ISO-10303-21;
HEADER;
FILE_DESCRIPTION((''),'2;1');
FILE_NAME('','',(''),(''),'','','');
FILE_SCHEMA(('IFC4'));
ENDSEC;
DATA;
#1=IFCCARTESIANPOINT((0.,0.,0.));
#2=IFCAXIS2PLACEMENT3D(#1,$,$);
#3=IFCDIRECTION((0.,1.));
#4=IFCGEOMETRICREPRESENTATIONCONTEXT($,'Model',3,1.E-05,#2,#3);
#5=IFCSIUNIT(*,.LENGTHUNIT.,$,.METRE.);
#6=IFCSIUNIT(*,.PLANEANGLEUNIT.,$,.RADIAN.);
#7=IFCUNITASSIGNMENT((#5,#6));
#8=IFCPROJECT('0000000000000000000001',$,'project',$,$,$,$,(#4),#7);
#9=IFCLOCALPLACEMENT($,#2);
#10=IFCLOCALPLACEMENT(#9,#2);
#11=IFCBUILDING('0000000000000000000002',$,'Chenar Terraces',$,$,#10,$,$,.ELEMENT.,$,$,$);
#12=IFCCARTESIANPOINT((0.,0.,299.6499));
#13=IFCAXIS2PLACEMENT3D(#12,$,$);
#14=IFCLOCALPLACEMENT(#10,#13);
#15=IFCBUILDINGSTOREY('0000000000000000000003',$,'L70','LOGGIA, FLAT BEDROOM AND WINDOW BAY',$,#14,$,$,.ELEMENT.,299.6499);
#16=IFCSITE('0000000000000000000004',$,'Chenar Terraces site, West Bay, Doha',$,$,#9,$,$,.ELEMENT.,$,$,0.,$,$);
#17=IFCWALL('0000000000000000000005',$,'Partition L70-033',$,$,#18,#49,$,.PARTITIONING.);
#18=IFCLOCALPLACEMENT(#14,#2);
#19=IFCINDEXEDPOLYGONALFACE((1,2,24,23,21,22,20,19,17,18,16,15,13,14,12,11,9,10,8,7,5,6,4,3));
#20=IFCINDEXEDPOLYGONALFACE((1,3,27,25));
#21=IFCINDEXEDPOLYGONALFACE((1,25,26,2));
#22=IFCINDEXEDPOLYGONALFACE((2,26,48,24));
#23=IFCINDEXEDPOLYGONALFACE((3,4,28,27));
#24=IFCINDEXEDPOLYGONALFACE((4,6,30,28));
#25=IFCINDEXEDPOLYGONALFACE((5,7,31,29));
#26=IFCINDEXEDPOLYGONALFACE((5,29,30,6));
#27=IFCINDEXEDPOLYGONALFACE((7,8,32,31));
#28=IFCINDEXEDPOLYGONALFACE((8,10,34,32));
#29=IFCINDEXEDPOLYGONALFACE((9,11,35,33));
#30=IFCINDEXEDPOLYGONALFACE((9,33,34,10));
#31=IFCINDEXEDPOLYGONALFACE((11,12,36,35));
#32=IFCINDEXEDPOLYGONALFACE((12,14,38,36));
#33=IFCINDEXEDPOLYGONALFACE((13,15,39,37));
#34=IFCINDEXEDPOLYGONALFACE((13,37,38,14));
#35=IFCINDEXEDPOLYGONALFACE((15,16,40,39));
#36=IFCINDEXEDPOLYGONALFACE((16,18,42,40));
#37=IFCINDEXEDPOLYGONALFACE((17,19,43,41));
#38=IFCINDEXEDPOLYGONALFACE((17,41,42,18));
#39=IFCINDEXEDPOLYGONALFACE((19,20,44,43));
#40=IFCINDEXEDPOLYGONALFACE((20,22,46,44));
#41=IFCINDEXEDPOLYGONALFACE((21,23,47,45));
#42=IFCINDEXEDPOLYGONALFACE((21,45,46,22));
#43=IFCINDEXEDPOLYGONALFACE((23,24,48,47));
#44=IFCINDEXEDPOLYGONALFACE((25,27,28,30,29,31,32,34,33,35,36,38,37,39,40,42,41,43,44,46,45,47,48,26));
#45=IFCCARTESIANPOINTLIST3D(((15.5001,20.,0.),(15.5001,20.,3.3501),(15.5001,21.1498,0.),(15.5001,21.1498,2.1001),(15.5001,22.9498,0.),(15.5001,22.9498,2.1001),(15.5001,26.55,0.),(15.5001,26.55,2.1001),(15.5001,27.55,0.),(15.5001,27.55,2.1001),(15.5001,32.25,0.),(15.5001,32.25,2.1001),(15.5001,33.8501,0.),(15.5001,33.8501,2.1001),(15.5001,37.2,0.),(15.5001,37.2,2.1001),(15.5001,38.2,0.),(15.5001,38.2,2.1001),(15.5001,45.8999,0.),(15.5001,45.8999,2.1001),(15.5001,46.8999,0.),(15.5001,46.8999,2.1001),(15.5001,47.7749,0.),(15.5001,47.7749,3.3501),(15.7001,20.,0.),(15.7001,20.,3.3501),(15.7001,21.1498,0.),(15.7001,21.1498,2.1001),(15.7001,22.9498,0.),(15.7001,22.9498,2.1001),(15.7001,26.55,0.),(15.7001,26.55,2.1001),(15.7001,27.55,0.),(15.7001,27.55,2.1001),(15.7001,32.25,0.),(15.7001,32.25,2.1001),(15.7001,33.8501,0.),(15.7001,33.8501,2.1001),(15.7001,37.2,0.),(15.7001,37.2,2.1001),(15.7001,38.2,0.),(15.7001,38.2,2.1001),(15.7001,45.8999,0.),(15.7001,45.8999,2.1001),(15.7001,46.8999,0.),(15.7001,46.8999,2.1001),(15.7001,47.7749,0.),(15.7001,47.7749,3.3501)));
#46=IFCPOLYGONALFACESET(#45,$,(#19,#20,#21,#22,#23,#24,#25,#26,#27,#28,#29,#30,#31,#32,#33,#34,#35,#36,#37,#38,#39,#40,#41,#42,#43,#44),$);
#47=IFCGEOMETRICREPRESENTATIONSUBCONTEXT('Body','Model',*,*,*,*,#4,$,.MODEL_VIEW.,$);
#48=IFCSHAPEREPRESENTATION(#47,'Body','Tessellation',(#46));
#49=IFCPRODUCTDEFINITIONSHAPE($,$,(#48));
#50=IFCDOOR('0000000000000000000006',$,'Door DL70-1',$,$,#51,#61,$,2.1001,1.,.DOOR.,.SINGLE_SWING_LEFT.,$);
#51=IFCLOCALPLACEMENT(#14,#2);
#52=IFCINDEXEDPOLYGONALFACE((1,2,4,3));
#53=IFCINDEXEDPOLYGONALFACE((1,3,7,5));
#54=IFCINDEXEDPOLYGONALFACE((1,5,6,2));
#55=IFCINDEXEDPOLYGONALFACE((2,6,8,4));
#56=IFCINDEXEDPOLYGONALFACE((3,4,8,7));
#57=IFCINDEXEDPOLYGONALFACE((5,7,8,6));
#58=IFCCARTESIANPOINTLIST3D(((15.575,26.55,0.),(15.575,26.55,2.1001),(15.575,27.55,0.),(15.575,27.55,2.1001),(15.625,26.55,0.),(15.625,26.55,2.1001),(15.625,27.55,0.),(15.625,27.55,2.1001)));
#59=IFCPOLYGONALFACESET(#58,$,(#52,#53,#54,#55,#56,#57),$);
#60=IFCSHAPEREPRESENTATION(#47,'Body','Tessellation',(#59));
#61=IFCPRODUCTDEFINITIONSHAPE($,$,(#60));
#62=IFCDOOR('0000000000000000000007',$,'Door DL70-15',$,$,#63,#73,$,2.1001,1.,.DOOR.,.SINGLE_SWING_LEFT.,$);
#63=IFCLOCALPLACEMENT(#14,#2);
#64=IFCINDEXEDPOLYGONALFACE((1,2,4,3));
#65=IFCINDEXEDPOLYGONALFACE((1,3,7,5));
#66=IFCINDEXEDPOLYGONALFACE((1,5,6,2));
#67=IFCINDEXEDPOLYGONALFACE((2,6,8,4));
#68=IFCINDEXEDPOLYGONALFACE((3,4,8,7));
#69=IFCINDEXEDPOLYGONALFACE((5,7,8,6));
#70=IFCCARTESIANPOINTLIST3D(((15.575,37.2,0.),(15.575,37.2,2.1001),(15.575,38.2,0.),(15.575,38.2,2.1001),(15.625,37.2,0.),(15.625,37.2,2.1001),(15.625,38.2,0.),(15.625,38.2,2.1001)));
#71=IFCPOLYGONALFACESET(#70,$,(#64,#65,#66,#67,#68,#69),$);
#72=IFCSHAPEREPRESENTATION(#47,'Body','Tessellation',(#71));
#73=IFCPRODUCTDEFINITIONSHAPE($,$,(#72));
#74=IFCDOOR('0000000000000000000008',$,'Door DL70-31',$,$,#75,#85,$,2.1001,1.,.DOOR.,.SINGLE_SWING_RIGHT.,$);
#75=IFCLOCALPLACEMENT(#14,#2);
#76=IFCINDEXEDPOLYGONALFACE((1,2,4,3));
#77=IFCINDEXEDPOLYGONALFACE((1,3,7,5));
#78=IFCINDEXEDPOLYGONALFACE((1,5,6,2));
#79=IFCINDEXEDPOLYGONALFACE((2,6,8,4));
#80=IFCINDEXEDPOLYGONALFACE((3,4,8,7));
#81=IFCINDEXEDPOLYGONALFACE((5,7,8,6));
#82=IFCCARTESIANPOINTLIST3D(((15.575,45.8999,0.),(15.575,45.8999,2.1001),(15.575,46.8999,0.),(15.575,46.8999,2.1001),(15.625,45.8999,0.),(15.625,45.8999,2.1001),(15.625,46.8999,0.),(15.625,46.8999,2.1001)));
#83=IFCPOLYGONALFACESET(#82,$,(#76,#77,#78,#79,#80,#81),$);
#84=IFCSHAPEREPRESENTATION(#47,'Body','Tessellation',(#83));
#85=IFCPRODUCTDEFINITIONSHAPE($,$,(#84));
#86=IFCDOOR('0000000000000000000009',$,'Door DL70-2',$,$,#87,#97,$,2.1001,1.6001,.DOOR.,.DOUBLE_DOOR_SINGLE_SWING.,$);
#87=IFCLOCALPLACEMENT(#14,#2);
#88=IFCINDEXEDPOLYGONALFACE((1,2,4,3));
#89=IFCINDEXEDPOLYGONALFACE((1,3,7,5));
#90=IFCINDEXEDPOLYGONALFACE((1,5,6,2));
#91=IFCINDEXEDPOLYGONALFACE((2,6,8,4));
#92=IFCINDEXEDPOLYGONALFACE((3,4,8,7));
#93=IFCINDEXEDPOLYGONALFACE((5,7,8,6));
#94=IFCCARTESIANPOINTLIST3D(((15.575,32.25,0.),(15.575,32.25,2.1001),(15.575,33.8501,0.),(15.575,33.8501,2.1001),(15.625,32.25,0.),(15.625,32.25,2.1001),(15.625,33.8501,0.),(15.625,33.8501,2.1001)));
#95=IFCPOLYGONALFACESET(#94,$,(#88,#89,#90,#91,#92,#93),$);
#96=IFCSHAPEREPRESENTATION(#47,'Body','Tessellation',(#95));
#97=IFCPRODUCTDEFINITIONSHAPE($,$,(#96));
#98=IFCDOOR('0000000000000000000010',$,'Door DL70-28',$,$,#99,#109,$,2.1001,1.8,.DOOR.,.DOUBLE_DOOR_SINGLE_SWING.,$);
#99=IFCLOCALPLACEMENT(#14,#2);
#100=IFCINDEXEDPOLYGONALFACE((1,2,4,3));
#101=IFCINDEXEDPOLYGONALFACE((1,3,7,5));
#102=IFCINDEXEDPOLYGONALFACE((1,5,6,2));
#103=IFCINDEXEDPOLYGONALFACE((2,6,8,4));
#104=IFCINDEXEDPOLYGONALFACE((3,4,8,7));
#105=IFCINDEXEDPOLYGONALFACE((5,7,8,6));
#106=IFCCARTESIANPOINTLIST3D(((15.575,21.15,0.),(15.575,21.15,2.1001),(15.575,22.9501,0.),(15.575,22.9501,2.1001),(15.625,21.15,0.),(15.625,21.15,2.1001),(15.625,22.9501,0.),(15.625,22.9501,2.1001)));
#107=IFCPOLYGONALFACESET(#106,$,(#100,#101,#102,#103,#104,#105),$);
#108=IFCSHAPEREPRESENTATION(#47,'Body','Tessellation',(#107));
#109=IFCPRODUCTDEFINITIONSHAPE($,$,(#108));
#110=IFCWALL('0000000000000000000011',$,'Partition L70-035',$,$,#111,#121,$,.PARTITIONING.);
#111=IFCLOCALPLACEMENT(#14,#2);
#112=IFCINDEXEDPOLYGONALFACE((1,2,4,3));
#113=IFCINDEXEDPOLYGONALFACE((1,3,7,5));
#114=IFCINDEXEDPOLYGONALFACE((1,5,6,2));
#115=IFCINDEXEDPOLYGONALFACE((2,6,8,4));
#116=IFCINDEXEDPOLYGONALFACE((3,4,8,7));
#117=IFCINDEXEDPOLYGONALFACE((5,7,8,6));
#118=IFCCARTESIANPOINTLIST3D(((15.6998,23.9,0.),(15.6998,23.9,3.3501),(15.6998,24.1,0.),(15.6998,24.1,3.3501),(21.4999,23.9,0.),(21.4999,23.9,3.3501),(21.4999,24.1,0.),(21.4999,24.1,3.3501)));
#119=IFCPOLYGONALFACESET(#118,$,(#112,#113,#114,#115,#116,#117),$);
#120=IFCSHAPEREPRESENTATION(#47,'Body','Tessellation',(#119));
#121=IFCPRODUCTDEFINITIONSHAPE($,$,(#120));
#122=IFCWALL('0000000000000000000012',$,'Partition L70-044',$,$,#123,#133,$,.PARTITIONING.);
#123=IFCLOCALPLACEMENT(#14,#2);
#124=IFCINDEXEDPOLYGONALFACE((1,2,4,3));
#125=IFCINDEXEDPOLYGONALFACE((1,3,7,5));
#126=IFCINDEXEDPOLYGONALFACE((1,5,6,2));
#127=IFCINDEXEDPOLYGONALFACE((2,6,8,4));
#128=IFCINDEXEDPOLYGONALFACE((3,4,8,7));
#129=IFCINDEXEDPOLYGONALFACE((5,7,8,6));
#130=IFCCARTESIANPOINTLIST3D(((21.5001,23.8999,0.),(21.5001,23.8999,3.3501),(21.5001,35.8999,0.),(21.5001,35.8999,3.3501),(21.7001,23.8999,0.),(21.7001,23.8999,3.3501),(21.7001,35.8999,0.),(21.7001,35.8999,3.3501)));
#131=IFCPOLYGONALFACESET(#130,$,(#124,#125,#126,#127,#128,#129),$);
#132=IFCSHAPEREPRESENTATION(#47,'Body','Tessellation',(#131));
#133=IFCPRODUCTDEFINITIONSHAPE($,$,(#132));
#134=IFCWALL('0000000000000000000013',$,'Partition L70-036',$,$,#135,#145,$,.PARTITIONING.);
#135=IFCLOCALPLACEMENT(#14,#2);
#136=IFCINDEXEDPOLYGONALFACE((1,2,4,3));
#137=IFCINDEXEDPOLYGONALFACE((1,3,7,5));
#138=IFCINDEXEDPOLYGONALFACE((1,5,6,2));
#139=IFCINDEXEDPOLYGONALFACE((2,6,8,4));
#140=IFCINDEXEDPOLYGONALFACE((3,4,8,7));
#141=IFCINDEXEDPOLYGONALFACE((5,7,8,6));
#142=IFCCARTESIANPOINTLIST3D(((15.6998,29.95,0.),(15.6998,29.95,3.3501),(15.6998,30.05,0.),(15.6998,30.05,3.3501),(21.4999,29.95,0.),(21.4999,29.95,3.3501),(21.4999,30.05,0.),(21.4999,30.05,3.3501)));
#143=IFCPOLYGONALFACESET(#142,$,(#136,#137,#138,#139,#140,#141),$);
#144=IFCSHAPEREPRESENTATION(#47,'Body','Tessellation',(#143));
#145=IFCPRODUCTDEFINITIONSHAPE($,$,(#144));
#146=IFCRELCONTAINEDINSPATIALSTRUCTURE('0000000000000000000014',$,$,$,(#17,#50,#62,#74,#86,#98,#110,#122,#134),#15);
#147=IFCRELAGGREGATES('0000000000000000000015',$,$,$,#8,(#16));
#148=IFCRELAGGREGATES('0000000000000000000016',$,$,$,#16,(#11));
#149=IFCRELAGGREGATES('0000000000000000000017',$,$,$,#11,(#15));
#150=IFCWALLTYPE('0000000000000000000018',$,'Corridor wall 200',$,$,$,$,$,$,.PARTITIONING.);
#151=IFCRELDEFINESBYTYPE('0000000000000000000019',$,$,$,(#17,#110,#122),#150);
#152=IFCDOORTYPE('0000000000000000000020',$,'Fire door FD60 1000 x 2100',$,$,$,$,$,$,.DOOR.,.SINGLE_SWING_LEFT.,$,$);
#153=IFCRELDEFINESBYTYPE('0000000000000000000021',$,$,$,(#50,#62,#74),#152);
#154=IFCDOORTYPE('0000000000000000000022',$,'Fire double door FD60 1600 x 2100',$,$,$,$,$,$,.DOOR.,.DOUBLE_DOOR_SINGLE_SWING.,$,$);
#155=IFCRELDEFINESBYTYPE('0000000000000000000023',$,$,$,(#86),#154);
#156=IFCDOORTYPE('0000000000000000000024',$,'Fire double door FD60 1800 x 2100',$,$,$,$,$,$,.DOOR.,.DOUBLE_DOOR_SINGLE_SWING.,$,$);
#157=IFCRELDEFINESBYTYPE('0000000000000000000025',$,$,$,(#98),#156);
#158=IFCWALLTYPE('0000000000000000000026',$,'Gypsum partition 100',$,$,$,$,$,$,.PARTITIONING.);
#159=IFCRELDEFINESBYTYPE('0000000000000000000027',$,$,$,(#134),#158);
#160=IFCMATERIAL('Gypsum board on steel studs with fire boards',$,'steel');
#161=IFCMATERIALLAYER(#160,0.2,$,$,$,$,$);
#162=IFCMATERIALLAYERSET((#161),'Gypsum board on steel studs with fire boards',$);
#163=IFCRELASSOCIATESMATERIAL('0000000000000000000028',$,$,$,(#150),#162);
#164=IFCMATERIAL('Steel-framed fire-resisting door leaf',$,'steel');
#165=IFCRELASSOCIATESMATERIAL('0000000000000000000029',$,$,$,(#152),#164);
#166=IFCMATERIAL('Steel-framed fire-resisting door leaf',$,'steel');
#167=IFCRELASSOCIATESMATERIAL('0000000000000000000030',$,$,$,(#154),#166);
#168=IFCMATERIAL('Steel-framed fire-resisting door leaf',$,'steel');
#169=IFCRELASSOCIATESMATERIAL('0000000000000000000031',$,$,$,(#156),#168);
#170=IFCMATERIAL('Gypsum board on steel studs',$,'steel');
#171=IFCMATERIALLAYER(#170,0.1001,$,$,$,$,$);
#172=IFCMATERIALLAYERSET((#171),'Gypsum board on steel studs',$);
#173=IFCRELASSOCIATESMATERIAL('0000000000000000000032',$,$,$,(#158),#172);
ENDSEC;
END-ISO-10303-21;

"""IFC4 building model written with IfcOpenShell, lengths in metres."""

from ifc_helpers import new_model, si_unit, direction, frame, frame_2d, origin, place, context, subcontext, project, spatial, rectangle, extrude, material, layer, layer_set, type_object, element, fill, save


model = new_model("IFC4")

# Units and contexts
model_context = context("Model", 3, precision=1e-05, world=origin(), true_north=direction((0.0, 1.0)))
body_context = subcontext(model_context, "Body", "Model", "MODEL_VIEW")
ifc_project = project(units=[si_unit("LENGTHUNIT", "METRE"), si_unit("PLANEANGLEUNIT", "RADIAN")], contexts=[model_context])

# Site, building, storey
site_placement = place(None, origin())
site = spatial("IfcSite", under=ifc_project, at=site_placement, Name="Chenar Terraces site, West Bay, Doha", CompositionType="ELEMENT", RefElevation=0.0)
building_placement = place(site_placement, origin())
building = spatial("IfcBuilding", under=site, at=building_placement, Name="Chenar Terraces", CompositionType="ELEMENT")
storey_placement = place(building_placement, frame((0.0, 0.0, 299.6499)))
storey = spatial("IfcBuildingStorey", under=building, at=storey_placement, Name="L70", Description="LOGGIA, FLAT BEDROOM AND WINDOW BAY", CompositionType="ELEMENT", Elevation=299.6499)

# Wall, openings, doors
ifc_material_1 = material(Name="Gypsum board on steel studs with fire boards", Category="steel")
ifc_layer_1 = layer(ifc_material_1, 0.2)
ifc_layer_set_1 = layer_set([ifc_layer_1], Name="Gypsum board on steel studs with fire boards")
wall_type_1 = type_object("IfcWallType", Name="Corridor wall 200", PredefinedType="PARTITIONING", material=ifc_layer_set_1)
wall_1_placement = place(storey_placement, frame((15.6001, 20.0, 0.0), z_axis=(0.0, 0.0, 1.0), x_axis=(0.0, 1.0, 0.0)))
wall_1 = element("IfcWall", 1, at=wall_1_placement, inside=storey, type_object=wall_type_1, Name="Partition L70-033", PredefinedType="PARTITIONING", context=body_context, shape_type="SweptSolid", body=[
    extrude(rectangle(XDim=27.7749, YDim=0.2, at=frame_2d((13.8875, 0.0))), origin(), (0.0, 0.0, 1.0), 3.3501),
])
opening_1_placement = place(wall_1_placement, frame((6.55, 0.0, 0.0)))
opening_1 = element("IfcOpeningElement", 2, at=opening_1_placement, cuts=wall_1, PredefinedType="OPENING", context=body_context, shape_type="SweptSolid", body=[
    extrude(rectangle(XDim=1.0, YDim=2.1001, at=frame_2d((0.5, 1.05))), frame((0.0, 0.1099, 0.0), z_axis=(0.0, -1.0, 0.0), x_axis=(1.0, 0.0, 0.0)), (0.0, 0.0, 1.0), 0.22),
])
opening_2_placement = place(wall_1_placement, frame((12.25, 0.0, 0.0)))
opening_2 = element("IfcOpeningElement", 3, at=opening_2_placement, cuts=wall_1, PredefinedType="OPENING", context=body_context, shape_type="SweptSolid", body=[
    extrude(rectangle(XDim=1.6001, YDim=2.1001, at=frame_2d((0.8, 1.05))), frame((0.0, 0.1099, 0.0), z_axis=(0.0, -1.0, 0.0), x_axis=(1.0, 0.0, 0.0)), (0.0, 0.0, 1.0), 0.22),
])
opening_3_placement = place(wall_1_placement, frame((17.2, 0.0, 0.0)))
opening_3 = element("IfcOpeningElement", 4, at=opening_3_placement, cuts=wall_1, PredefinedType="OPENING", context=body_context, shape_type="SweptSolid", body=[
    extrude(rectangle(XDim=1.0, YDim=2.1001, at=frame_2d((0.5, 1.05))), frame((0.0, 0.1099, 0.0), z_axis=(0.0, -1.0, 0.0), x_axis=(1.0, 0.0, 0.0)), (0.0, 0.0, 1.0), 0.22),
])
opening_4_placement = place(wall_1_placement, frame((1.1499, 0.0, 0.0)))
opening_4 = element("IfcOpeningElement", 5, at=opening_4_placement, cuts=wall_1, PredefinedType="OPENING", context=body_context, shape_type="SweptSolid", body=[
    extrude(rectangle(XDim=1.8, YDim=2.1001, at=frame_2d((0.8999, 1.05))), frame((0.0, 0.1099, 0.0), z_axis=(0.0, -1.0, 0.0), x_axis=(1.0, 0.0, 0.0)), (0.0, 0.0, 1.0), 0.22),
])
opening_5_placement = place(wall_1_placement, frame((25.8999, 0.0, 0.0)))
opening_5 = element("IfcOpeningElement", 6, at=opening_5_placement, cuts=wall_1, PredefinedType="OPENING", context=body_context, shape_type="SweptSolid", body=[
    extrude(rectangle(XDim=1.0, YDim=2.1001, at=frame_2d((0.5, 1.05))), frame((0.0, 0.1099, 0.0), z_axis=(0.0, -1.0, 0.0), x_axis=(1.0, 0.0, 0.0)), (0.0, 0.0, 1.0), 0.22),
])
ifc_material_2 = material(Name="Steel-framed fire-resisting door leaf", Category="steel")
door_type_1 = type_object("IfcDoorType", Name="Fire door FD60 1000 x 2100", OperationType="SINGLE_SWING_LEFT", PredefinedType="DOOR", material=ifc_material_2)
door_1_placement = place(opening_1_placement, frame((1.0, 0.0, 0.0), z_axis=(0.0, 0.0, 1.0), x_axis=(-1.0, 0.0, 0.0)))
door_1 = element("IfcDoor", 7, at=door_1_placement, inside=storey, type_object=door_type_1, Name="Door DL70-1", OperationType="SINGLE_SWING_LEFT", OverallHeight=2.1001, OverallWidth=1.0, PredefinedType="DOOR", context=body_context, shape_type="SweptSolid", body=[
    extrude(rectangle(XDim=1.0, YDim=2.1001, at=frame_2d((0.5, 1.05))), frame((0.0, 0.0249, 0.0), z_axis=(0.0, -1.0, 0.0), x_axis=(1.0, 0.0, 0.0)), (0.0, 0.0, 1.0), 0.05),
])
fill(opening_1, door_1)
door_2_placement = place(opening_3_placement, frame((1.0, 0.0, 0.0), z_axis=(0.0, 0.0, 1.0), x_axis=(-1.0, 0.0, 0.0)))
door_2 = element("IfcDoor", 8, at=door_2_placement, inside=storey, type_object=door_type_1, Name="Door DL70-15", OperationType="SINGLE_SWING_LEFT", OverallHeight=2.1001, OverallWidth=1.0, PredefinedType="DOOR", context=body_context, shape_type="SweptSolid", body=[
    extrude(rectangle(XDim=1.0, YDim=2.1001, at=frame_2d((0.5, 1.05))), frame((0.0, 0.0249, 0.0), z_axis=(0.0, -1.0, 0.0), x_axis=(1.0, 0.0, 0.0)), (0.0, 0.0, 1.0), 0.05),
])
fill(opening_3, door_2)
door_3_placement = place(opening_5_placement, frame((1.0, 0.0, 0.0), z_axis=(0.0, 0.0, 1.0), x_axis=(-1.0, 0.0, 0.0)))
door_3 = element("IfcDoor", 9, at=door_3_placement, inside=storey, type_object=door_type_1, Name="Door DL70-31", OperationType="SINGLE_SWING_RIGHT", OverallHeight=2.1001, OverallWidth=1.0, PredefinedType="DOOR", context=body_context, shape_type="SweptSolid", body=[
    extrude(rectangle(XDim=1.0, YDim=2.1001, at=frame_2d((0.5, 1.05))), frame((0.0, 0.0249, 0.0), z_axis=(0.0, -1.0, 0.0), x_axis=(1.0, 0.0, 0.0)), (0.0, 0.0, 1.0), 0.05),
])
fill(opening_5, door_3)
ifc_material_3 = material(Name="Steel-framed fire-resisting door leaf", Category="steel")
door_type_2 = type_object("IfcDoorType", Name="Fire double door FD60 1600 x 2100", OperationType="DOUBLE_DOOR_SINGLE_SWING", PredefinedType="DOOR", material=ifc_material_3)
door_4_placement = place(opening_2_placement, frame((1.6001, 0.0, 0.0), z_axis=(0.0, 0.0, 1.0), x_axis=(-1.0, 0.0, 0.0)))
door_4 = element("IfcDoor", 10, at=door_4_placement, inside=storey, type_object=door_type_2, Name="Door DL70-2", OperationType="DOUBLE_DOOR_SINGLE_SWING", OverallHeight=2.1001, OverallWidth=1.6001, PredefinedType="DOOR", context=body_context, shape_type="SweptSolid", body=[
    extrude(rectangle(XDim=1.6001, YDim=2.1001, at=frame_2d((0.8, 1.05))), frame((0.0, 0.0249, 0.0), z_axis=(0.0, -1.0, 0.0), x_axis=(1.0, 0.0, 0.0)), (0.0, 0.0, 1.0), 0.05),
])
fill(opening_2, door_4)
ifc_material_4 = material(Name="Steel-framed fire-resisting door leaf", Category="steel")
door_type_3 = type_object("IfcDoorType", Name="Fire double door FD60 1800 x 2100", OperationType="DOUBLE_DOOR_SINGLE_SWING", PredefinedType="DOOR", material=ifc_material_4)
door_5_placement = place(opening_4_placement, frame((1.8, 0.0, 0.0), z_axis=(0.0, 0.0, 1.0), x_axis=(-1.0, 0.0, 0.0)))
door_5 = element("IfcDoor", 11, at=door_5_placement, inside=storey, type_object=door_type_3, Name="Door DL70-28", OperationType="DOUBLE_DOOR_SINGLE_SWING", OverallHeight=2.1001, OverallWidth=1.8, PredefinedType="DOOR", context=body_context, shape_type="SweptSolid", body=[
    extrude(rectangle(XDim=1.8, YDim=2.1001, at=frame_2d((0.8999, 1.05))), frame((0.0, 0.0249, 0.0), z_axis=(0.0, -1.0, 0.0), x_axis=(1.0, 0.0, 0.0)), (0.0, 0.0, 1.0), 0.05),
])
fill(opening_4, door_5)

# Walls
wall_2_placement = place(storey_placement, frame((15.7, 24.0, 0.0), z_axis=(0.0, 0.0, 1.0), x_axis=(1.0, 0.0, 0.0)))
element("IfcWall", 12, at=wall_2_placement, inside=storey, type_object=wall_type_1, Name="Partition L70-035", PredefinedType="PARTITIONING", context=body_context, shape_type="SweptSolid", body=[
    extrude(rectangle(XDim=5.8, YDim=0.2, at=frame_2d((2.8999, 0.0))), origin(), (0.0, 0.0, 1.0), 3.3501),
])
wall_3_placement = place(storey_placement, frame((21.6001, 23.8999, 0.0), z_axis=(0.0, 0.0, 1.0), x_axis=(0.0, 1.0, 0.0)))
element("IfcWall", 13, at=wall_3_placement, inside=storey, type_object=wall_type_1, Name="Partition L70-044", PredefinedType="PARTITIONING", context=body_context, shape_type="SweptSolid", body=[
    extrude(rectangle(XDim=12.0, YDim=0.2, at=frame_2d((6.0, 0.0))), origin(), (0.0, 0.0, 1.0), 3.3501),
])
ifc_material_5 = material(Name="Gypsum board on steel studs", Category="steel")
ifc_layer_2 = layer(ifc_material_5, 0.1001)
ifc_layer_set_2 = layer_set([ifc_layer_2], Name="Gypsum board on steel studs")
wall_type_2 = type_object("IfcWallType", Name="Gypsum partition 100", PredefinedType="PARTITIONING", material=ifc_layer_set_2)
wall_4_placement = place(storey_placement, frame((15.7, 30.0, 0.0), z_axis=(0.0, 0.0, 1.0), x_axis=(1.0, 0.0, 0.0)))
element("IfcWall", 14, at=wall_4_placement, inside=storey, type_object=wall_type_2, Name="Partition L70-036", PredefinedType="PARTITIONING", context=body_context, shape_type="SweptSolid", body=[
    extrude(rectangle(XDim=5.8, YDim=0.1001, at=frame_2d((2.8999, 0.0))), origin(), (0.0, 0.0, 1.0), 3.3501),
])

save(model, "model.ifc")
